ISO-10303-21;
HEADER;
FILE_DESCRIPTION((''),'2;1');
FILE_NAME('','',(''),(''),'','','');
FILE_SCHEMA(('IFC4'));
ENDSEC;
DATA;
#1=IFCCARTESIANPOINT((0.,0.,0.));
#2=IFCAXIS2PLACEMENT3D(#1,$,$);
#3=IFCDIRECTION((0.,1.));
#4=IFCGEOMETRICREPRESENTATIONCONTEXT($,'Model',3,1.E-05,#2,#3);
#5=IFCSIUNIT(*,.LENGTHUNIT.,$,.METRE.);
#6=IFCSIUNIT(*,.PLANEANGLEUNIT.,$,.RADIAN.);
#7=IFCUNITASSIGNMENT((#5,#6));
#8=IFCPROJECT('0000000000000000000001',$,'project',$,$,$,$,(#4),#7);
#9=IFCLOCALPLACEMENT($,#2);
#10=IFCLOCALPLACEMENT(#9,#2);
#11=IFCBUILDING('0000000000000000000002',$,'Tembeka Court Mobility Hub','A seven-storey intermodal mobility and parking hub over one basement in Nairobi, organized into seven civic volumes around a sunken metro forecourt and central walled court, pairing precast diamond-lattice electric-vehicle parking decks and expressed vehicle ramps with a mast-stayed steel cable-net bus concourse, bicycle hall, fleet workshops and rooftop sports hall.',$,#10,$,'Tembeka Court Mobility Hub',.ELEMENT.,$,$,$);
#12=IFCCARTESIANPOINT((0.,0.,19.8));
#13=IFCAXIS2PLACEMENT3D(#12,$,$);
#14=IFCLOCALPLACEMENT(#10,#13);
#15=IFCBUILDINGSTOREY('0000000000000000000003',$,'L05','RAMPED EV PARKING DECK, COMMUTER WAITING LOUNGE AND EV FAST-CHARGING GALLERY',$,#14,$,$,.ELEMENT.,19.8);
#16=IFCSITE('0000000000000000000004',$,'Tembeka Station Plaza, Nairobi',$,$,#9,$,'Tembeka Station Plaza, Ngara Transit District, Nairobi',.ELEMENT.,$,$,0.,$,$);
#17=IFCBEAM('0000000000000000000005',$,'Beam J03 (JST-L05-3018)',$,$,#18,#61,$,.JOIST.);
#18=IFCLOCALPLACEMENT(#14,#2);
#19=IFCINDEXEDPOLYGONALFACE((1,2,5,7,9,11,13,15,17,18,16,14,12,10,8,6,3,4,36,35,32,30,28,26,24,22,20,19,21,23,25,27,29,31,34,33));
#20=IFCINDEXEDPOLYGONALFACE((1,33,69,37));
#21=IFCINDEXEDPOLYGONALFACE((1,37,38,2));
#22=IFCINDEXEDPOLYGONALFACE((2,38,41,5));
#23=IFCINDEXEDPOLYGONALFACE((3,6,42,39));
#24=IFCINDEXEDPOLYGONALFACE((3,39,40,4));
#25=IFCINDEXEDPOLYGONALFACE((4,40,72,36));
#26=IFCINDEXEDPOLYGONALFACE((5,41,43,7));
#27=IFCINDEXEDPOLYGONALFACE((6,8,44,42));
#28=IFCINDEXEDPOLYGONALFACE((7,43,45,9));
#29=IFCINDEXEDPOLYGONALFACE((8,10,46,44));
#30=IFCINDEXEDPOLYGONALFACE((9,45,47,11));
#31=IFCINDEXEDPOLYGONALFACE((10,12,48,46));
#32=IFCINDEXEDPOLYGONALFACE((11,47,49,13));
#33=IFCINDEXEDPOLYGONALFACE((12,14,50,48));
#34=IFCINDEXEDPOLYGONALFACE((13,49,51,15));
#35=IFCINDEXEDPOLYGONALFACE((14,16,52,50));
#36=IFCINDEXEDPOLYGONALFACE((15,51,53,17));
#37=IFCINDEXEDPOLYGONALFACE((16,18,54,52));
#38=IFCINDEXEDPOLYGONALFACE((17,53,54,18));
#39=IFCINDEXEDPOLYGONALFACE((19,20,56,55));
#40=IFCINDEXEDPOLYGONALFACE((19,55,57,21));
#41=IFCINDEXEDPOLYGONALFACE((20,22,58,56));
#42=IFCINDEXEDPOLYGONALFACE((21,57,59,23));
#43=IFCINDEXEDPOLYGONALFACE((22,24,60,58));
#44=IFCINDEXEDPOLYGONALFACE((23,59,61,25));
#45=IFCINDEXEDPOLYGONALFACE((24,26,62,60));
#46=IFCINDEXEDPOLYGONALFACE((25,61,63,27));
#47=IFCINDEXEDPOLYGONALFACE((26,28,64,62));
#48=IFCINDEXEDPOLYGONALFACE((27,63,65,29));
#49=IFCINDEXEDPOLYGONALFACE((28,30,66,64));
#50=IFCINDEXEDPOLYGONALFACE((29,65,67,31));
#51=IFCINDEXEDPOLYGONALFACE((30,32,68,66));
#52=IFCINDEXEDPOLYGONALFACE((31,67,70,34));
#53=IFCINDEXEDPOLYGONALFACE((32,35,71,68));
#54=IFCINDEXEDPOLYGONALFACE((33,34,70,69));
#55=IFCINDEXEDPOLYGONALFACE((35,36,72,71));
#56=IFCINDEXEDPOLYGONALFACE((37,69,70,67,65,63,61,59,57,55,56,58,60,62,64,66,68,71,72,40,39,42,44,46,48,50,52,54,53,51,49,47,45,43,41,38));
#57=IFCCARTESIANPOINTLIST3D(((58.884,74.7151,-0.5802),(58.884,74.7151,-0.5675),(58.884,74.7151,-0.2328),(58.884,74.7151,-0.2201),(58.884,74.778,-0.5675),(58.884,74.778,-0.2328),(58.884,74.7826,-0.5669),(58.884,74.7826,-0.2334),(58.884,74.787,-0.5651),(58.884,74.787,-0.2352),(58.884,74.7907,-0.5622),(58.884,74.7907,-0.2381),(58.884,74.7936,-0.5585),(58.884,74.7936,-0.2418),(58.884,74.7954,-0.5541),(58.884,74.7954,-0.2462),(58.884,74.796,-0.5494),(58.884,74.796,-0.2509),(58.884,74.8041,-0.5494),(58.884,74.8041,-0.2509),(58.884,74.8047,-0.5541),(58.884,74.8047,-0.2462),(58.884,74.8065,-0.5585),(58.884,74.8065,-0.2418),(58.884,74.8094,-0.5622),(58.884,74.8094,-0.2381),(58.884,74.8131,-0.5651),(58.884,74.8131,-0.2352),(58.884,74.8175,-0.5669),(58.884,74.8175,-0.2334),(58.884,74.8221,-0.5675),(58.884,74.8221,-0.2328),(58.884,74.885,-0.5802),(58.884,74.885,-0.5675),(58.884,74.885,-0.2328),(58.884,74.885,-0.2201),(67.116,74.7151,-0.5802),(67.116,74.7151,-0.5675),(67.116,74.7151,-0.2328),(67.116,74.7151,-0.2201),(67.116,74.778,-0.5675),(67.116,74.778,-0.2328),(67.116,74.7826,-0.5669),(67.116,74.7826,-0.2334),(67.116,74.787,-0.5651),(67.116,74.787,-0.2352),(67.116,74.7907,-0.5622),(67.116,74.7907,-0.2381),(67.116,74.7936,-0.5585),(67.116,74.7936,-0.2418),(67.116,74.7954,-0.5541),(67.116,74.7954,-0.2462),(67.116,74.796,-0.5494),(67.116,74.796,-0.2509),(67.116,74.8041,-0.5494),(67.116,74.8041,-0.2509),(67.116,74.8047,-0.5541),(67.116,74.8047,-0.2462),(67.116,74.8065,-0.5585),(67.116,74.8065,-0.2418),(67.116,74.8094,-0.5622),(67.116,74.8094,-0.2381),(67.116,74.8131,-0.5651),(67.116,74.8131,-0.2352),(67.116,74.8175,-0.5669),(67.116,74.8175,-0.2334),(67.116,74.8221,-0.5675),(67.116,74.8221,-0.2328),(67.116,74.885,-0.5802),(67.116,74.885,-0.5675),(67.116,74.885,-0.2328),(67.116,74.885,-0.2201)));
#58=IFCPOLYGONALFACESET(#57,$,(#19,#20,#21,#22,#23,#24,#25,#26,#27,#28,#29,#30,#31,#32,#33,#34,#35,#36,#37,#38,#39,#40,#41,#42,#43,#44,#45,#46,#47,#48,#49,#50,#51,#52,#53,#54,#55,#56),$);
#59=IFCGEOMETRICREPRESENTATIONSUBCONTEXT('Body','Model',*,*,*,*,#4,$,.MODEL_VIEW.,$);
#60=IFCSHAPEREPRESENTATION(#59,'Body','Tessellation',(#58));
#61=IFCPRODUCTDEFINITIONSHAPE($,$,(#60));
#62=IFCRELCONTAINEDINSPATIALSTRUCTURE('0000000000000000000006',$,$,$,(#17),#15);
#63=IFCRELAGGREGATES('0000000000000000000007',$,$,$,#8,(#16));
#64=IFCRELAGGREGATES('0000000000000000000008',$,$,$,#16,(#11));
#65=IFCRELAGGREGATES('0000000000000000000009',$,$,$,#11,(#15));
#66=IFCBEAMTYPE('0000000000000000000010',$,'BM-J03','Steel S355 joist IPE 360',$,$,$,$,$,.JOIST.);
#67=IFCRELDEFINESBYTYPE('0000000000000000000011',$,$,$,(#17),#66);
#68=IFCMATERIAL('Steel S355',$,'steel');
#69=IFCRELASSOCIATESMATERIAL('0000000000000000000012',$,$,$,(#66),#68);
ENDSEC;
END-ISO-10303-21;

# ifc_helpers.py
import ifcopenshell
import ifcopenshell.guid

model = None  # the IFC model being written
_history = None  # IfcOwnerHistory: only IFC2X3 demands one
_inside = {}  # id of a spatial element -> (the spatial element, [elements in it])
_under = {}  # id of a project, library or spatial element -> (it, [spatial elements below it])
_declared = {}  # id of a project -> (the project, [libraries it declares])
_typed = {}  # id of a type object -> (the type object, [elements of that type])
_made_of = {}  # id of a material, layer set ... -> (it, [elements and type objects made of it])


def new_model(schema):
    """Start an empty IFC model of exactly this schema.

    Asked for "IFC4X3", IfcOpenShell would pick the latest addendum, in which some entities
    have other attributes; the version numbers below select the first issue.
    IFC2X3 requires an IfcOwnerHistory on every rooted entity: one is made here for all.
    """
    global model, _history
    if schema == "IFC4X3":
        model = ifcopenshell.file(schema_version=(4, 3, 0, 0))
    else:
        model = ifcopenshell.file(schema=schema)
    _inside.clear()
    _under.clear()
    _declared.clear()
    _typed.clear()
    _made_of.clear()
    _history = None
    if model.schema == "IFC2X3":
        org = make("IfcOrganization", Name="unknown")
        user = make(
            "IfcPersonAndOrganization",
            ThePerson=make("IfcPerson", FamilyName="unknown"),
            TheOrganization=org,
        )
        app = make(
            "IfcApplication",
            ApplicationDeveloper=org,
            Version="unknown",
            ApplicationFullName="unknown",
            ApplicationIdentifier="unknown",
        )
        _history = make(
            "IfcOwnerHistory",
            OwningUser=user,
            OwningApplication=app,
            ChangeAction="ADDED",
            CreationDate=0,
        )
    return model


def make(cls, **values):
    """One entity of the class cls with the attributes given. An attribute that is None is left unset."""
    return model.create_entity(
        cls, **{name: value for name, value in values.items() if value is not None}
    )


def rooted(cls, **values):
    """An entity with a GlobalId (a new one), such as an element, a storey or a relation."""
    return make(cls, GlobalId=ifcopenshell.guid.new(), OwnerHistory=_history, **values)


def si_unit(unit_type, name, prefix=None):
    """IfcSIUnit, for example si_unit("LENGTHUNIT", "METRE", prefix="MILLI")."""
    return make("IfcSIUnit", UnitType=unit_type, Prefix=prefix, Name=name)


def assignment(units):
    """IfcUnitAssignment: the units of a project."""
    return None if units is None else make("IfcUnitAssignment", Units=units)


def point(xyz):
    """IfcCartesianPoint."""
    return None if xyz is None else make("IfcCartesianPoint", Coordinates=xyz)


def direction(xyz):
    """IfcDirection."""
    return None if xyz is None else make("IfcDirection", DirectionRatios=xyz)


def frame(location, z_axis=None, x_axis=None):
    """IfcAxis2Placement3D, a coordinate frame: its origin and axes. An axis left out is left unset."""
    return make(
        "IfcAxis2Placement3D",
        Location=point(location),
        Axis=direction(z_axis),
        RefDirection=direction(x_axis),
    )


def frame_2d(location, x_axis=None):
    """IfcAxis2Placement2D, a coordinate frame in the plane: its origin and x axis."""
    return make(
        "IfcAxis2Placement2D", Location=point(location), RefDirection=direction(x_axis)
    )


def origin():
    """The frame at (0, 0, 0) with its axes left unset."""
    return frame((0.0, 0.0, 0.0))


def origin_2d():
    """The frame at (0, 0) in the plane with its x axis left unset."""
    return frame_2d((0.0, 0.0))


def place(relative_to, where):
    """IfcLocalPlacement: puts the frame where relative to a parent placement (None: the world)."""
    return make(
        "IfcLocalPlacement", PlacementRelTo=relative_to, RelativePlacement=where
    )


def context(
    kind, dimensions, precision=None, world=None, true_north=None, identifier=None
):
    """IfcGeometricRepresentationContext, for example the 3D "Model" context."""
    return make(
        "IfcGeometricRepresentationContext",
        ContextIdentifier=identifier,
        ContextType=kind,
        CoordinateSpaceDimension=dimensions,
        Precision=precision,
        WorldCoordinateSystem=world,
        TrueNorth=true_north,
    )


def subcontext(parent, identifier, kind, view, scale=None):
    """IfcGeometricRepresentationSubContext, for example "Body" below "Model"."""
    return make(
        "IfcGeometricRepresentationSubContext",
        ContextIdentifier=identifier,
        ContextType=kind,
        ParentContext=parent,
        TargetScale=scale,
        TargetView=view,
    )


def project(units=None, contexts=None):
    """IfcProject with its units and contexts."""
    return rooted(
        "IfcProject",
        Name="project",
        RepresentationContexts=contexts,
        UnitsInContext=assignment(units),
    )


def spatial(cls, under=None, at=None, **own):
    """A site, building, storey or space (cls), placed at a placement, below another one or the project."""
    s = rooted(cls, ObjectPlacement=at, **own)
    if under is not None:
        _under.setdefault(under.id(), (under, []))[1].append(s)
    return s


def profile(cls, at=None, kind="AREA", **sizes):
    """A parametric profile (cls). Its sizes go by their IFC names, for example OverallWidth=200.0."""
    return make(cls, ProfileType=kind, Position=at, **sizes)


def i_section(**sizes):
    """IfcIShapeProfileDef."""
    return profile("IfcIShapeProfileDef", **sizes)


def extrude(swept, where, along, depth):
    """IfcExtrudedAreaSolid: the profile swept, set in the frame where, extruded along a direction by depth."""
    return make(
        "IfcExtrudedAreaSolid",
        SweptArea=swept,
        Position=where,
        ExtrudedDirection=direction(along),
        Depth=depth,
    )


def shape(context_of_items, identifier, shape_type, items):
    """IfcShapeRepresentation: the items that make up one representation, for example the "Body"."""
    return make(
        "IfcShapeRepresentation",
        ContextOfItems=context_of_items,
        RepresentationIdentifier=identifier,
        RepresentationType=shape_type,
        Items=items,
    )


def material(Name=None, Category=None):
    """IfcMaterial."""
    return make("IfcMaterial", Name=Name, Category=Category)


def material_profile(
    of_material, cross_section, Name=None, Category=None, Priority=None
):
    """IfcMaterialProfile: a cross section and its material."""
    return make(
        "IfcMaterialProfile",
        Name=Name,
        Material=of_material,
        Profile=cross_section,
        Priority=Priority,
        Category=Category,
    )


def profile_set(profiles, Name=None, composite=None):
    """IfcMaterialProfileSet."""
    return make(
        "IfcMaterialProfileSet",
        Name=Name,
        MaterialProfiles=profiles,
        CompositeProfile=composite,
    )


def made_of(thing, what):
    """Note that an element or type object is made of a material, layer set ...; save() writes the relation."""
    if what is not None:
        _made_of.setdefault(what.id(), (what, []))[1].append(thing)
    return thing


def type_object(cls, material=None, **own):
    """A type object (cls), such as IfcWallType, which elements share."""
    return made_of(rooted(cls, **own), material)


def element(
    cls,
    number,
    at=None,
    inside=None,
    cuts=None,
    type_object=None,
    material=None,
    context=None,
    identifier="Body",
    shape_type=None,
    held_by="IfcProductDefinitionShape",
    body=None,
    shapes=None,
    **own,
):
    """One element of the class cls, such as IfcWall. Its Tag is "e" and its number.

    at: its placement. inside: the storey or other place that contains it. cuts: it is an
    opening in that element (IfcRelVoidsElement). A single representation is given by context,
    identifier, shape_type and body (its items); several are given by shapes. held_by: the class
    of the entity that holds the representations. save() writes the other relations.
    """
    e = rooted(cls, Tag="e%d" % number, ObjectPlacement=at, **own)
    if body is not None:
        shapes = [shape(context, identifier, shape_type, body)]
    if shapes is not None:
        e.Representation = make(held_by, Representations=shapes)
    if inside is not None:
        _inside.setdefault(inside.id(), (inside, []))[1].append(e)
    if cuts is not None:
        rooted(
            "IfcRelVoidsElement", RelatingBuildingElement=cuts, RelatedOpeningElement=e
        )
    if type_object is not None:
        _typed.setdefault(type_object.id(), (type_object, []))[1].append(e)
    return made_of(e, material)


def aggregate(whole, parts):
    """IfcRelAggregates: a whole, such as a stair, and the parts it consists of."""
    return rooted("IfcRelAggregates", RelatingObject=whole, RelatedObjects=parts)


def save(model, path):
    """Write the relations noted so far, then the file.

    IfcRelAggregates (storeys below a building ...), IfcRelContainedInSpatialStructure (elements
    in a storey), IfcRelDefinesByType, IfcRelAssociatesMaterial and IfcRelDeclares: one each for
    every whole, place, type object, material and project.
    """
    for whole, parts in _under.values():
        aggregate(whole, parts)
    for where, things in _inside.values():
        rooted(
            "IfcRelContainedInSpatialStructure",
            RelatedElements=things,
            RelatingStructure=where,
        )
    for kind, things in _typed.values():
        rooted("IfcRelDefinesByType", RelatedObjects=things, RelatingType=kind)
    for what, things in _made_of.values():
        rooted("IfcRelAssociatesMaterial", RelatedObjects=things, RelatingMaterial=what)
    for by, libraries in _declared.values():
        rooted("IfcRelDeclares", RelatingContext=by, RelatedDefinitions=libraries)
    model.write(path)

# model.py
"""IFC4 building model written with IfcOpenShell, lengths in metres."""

from ifc_helpers import new_model, si_unit, direction, frame, origin, origin_2d, place, context, subcontext, project, spatial, i_section, extrude, material, material_profile, profile_set, type_object, element, save


model = new_model("IFC4")

# Units and contexts
model_context = context("Model", 3, precision=1e-05, world=origin(), true_north=direction((0.0, 1.0)))
body_context = subcontext(model_context, "Body", "Model", "MODEL_VIEW")
ifc_project = project(units=[si_unit("LENGTHUNIT", "METRE"), si_unit("PLANEANGLEUNIT", "RADIAN")], contexts=[model_context])

# Site, building, storey
site_placement = place(None, origin())
site = spatial("IfcSite", under=ifc_project, at=site_placement, Name="Tembeka Station Plaza, Nairobi", LongName="Tembeka Station Plaza, Ngara Transit District, Nairobi", CompositionType="ELEMENT", RefElevation=0.0)
building_placement = place(site_placement, origin())
building = spatial("IfcBuilding", under=site, at=building_placement, Name="Tembeka Court Mobility Hub", Description="A seven-storey intermodal mobility and parking hub over one basement in Nairobi, organized into seven civic volumes around a sunken metro forecourt and central walled court, pairing precast diamond-lattice electric-vehicle parking decks and expressed vehicle ramps with a mast-stayed steel cable-net bus concourse, bicycle hall, fleet workshops and rooftop sports hall.", LongName="Tembeka Court Mobility Hub", CompositionType="ELEMENT")
storey_placement = place(building_placement, frame((0.0, 0.0, 19.8)))
storey = spatial("IfcBuildingStorey", under=building, at=storey_placement, Name="L05", Description="RAMPED EV PARKING DECK, COMMUTER WAITING LOUNGE AND EV FAST-CHARGING GALLERY", CompositionType="ELEMENT", Elevation=19.8)

# Shared definitions
ifc_material = material(Name="Steel S355", Category="steel")

# Beam
ifc_material_profile_1 = material_profile(ifc_material, i_section(OverallWidth=0.1699, OverallDepth=0.3601, WebThickness=0.0081, FlangeThickness=0.0127, FilletRadius=0.0181, at=origin_2d()), Name="IPE 360")
ifc_profile_set_1 = profile_set([ifc_material_profile_1], Name="Steel S355")
beam_type_1 = type_object("IfcBeamType", Name="BM-J03", Description="Steel S355 joist IPE 360", PredefinedType="JOIST", material=ifc_profile_set_1)
beam_1_placement = place(storey_placement, frame((58.884, 74.8, -0.4001), z_axis=(1.0, 0.0, 0.0), x_axis=(0.0, 1.0, 0.0)))
element("IfcBeam", 1, at=beam_1_placement, inside=storey, type_object=beam_type_1, Name="Beam J03 (JST-L05-3018)", PredefinedType="JOIST", context=body_context, shape_type="SweptSolid", body=[
    extrude(i_section(OverallWidth=0.1699, OverallDepth=0.3601, WebThickness=0.0081, FlangeThickness=0.0127, FilletRadius=0.0181, at=origin_2d()), origin(), (0.0, 0.0, 1.0), 8.2319),
])

save(model, "model.ifc")
